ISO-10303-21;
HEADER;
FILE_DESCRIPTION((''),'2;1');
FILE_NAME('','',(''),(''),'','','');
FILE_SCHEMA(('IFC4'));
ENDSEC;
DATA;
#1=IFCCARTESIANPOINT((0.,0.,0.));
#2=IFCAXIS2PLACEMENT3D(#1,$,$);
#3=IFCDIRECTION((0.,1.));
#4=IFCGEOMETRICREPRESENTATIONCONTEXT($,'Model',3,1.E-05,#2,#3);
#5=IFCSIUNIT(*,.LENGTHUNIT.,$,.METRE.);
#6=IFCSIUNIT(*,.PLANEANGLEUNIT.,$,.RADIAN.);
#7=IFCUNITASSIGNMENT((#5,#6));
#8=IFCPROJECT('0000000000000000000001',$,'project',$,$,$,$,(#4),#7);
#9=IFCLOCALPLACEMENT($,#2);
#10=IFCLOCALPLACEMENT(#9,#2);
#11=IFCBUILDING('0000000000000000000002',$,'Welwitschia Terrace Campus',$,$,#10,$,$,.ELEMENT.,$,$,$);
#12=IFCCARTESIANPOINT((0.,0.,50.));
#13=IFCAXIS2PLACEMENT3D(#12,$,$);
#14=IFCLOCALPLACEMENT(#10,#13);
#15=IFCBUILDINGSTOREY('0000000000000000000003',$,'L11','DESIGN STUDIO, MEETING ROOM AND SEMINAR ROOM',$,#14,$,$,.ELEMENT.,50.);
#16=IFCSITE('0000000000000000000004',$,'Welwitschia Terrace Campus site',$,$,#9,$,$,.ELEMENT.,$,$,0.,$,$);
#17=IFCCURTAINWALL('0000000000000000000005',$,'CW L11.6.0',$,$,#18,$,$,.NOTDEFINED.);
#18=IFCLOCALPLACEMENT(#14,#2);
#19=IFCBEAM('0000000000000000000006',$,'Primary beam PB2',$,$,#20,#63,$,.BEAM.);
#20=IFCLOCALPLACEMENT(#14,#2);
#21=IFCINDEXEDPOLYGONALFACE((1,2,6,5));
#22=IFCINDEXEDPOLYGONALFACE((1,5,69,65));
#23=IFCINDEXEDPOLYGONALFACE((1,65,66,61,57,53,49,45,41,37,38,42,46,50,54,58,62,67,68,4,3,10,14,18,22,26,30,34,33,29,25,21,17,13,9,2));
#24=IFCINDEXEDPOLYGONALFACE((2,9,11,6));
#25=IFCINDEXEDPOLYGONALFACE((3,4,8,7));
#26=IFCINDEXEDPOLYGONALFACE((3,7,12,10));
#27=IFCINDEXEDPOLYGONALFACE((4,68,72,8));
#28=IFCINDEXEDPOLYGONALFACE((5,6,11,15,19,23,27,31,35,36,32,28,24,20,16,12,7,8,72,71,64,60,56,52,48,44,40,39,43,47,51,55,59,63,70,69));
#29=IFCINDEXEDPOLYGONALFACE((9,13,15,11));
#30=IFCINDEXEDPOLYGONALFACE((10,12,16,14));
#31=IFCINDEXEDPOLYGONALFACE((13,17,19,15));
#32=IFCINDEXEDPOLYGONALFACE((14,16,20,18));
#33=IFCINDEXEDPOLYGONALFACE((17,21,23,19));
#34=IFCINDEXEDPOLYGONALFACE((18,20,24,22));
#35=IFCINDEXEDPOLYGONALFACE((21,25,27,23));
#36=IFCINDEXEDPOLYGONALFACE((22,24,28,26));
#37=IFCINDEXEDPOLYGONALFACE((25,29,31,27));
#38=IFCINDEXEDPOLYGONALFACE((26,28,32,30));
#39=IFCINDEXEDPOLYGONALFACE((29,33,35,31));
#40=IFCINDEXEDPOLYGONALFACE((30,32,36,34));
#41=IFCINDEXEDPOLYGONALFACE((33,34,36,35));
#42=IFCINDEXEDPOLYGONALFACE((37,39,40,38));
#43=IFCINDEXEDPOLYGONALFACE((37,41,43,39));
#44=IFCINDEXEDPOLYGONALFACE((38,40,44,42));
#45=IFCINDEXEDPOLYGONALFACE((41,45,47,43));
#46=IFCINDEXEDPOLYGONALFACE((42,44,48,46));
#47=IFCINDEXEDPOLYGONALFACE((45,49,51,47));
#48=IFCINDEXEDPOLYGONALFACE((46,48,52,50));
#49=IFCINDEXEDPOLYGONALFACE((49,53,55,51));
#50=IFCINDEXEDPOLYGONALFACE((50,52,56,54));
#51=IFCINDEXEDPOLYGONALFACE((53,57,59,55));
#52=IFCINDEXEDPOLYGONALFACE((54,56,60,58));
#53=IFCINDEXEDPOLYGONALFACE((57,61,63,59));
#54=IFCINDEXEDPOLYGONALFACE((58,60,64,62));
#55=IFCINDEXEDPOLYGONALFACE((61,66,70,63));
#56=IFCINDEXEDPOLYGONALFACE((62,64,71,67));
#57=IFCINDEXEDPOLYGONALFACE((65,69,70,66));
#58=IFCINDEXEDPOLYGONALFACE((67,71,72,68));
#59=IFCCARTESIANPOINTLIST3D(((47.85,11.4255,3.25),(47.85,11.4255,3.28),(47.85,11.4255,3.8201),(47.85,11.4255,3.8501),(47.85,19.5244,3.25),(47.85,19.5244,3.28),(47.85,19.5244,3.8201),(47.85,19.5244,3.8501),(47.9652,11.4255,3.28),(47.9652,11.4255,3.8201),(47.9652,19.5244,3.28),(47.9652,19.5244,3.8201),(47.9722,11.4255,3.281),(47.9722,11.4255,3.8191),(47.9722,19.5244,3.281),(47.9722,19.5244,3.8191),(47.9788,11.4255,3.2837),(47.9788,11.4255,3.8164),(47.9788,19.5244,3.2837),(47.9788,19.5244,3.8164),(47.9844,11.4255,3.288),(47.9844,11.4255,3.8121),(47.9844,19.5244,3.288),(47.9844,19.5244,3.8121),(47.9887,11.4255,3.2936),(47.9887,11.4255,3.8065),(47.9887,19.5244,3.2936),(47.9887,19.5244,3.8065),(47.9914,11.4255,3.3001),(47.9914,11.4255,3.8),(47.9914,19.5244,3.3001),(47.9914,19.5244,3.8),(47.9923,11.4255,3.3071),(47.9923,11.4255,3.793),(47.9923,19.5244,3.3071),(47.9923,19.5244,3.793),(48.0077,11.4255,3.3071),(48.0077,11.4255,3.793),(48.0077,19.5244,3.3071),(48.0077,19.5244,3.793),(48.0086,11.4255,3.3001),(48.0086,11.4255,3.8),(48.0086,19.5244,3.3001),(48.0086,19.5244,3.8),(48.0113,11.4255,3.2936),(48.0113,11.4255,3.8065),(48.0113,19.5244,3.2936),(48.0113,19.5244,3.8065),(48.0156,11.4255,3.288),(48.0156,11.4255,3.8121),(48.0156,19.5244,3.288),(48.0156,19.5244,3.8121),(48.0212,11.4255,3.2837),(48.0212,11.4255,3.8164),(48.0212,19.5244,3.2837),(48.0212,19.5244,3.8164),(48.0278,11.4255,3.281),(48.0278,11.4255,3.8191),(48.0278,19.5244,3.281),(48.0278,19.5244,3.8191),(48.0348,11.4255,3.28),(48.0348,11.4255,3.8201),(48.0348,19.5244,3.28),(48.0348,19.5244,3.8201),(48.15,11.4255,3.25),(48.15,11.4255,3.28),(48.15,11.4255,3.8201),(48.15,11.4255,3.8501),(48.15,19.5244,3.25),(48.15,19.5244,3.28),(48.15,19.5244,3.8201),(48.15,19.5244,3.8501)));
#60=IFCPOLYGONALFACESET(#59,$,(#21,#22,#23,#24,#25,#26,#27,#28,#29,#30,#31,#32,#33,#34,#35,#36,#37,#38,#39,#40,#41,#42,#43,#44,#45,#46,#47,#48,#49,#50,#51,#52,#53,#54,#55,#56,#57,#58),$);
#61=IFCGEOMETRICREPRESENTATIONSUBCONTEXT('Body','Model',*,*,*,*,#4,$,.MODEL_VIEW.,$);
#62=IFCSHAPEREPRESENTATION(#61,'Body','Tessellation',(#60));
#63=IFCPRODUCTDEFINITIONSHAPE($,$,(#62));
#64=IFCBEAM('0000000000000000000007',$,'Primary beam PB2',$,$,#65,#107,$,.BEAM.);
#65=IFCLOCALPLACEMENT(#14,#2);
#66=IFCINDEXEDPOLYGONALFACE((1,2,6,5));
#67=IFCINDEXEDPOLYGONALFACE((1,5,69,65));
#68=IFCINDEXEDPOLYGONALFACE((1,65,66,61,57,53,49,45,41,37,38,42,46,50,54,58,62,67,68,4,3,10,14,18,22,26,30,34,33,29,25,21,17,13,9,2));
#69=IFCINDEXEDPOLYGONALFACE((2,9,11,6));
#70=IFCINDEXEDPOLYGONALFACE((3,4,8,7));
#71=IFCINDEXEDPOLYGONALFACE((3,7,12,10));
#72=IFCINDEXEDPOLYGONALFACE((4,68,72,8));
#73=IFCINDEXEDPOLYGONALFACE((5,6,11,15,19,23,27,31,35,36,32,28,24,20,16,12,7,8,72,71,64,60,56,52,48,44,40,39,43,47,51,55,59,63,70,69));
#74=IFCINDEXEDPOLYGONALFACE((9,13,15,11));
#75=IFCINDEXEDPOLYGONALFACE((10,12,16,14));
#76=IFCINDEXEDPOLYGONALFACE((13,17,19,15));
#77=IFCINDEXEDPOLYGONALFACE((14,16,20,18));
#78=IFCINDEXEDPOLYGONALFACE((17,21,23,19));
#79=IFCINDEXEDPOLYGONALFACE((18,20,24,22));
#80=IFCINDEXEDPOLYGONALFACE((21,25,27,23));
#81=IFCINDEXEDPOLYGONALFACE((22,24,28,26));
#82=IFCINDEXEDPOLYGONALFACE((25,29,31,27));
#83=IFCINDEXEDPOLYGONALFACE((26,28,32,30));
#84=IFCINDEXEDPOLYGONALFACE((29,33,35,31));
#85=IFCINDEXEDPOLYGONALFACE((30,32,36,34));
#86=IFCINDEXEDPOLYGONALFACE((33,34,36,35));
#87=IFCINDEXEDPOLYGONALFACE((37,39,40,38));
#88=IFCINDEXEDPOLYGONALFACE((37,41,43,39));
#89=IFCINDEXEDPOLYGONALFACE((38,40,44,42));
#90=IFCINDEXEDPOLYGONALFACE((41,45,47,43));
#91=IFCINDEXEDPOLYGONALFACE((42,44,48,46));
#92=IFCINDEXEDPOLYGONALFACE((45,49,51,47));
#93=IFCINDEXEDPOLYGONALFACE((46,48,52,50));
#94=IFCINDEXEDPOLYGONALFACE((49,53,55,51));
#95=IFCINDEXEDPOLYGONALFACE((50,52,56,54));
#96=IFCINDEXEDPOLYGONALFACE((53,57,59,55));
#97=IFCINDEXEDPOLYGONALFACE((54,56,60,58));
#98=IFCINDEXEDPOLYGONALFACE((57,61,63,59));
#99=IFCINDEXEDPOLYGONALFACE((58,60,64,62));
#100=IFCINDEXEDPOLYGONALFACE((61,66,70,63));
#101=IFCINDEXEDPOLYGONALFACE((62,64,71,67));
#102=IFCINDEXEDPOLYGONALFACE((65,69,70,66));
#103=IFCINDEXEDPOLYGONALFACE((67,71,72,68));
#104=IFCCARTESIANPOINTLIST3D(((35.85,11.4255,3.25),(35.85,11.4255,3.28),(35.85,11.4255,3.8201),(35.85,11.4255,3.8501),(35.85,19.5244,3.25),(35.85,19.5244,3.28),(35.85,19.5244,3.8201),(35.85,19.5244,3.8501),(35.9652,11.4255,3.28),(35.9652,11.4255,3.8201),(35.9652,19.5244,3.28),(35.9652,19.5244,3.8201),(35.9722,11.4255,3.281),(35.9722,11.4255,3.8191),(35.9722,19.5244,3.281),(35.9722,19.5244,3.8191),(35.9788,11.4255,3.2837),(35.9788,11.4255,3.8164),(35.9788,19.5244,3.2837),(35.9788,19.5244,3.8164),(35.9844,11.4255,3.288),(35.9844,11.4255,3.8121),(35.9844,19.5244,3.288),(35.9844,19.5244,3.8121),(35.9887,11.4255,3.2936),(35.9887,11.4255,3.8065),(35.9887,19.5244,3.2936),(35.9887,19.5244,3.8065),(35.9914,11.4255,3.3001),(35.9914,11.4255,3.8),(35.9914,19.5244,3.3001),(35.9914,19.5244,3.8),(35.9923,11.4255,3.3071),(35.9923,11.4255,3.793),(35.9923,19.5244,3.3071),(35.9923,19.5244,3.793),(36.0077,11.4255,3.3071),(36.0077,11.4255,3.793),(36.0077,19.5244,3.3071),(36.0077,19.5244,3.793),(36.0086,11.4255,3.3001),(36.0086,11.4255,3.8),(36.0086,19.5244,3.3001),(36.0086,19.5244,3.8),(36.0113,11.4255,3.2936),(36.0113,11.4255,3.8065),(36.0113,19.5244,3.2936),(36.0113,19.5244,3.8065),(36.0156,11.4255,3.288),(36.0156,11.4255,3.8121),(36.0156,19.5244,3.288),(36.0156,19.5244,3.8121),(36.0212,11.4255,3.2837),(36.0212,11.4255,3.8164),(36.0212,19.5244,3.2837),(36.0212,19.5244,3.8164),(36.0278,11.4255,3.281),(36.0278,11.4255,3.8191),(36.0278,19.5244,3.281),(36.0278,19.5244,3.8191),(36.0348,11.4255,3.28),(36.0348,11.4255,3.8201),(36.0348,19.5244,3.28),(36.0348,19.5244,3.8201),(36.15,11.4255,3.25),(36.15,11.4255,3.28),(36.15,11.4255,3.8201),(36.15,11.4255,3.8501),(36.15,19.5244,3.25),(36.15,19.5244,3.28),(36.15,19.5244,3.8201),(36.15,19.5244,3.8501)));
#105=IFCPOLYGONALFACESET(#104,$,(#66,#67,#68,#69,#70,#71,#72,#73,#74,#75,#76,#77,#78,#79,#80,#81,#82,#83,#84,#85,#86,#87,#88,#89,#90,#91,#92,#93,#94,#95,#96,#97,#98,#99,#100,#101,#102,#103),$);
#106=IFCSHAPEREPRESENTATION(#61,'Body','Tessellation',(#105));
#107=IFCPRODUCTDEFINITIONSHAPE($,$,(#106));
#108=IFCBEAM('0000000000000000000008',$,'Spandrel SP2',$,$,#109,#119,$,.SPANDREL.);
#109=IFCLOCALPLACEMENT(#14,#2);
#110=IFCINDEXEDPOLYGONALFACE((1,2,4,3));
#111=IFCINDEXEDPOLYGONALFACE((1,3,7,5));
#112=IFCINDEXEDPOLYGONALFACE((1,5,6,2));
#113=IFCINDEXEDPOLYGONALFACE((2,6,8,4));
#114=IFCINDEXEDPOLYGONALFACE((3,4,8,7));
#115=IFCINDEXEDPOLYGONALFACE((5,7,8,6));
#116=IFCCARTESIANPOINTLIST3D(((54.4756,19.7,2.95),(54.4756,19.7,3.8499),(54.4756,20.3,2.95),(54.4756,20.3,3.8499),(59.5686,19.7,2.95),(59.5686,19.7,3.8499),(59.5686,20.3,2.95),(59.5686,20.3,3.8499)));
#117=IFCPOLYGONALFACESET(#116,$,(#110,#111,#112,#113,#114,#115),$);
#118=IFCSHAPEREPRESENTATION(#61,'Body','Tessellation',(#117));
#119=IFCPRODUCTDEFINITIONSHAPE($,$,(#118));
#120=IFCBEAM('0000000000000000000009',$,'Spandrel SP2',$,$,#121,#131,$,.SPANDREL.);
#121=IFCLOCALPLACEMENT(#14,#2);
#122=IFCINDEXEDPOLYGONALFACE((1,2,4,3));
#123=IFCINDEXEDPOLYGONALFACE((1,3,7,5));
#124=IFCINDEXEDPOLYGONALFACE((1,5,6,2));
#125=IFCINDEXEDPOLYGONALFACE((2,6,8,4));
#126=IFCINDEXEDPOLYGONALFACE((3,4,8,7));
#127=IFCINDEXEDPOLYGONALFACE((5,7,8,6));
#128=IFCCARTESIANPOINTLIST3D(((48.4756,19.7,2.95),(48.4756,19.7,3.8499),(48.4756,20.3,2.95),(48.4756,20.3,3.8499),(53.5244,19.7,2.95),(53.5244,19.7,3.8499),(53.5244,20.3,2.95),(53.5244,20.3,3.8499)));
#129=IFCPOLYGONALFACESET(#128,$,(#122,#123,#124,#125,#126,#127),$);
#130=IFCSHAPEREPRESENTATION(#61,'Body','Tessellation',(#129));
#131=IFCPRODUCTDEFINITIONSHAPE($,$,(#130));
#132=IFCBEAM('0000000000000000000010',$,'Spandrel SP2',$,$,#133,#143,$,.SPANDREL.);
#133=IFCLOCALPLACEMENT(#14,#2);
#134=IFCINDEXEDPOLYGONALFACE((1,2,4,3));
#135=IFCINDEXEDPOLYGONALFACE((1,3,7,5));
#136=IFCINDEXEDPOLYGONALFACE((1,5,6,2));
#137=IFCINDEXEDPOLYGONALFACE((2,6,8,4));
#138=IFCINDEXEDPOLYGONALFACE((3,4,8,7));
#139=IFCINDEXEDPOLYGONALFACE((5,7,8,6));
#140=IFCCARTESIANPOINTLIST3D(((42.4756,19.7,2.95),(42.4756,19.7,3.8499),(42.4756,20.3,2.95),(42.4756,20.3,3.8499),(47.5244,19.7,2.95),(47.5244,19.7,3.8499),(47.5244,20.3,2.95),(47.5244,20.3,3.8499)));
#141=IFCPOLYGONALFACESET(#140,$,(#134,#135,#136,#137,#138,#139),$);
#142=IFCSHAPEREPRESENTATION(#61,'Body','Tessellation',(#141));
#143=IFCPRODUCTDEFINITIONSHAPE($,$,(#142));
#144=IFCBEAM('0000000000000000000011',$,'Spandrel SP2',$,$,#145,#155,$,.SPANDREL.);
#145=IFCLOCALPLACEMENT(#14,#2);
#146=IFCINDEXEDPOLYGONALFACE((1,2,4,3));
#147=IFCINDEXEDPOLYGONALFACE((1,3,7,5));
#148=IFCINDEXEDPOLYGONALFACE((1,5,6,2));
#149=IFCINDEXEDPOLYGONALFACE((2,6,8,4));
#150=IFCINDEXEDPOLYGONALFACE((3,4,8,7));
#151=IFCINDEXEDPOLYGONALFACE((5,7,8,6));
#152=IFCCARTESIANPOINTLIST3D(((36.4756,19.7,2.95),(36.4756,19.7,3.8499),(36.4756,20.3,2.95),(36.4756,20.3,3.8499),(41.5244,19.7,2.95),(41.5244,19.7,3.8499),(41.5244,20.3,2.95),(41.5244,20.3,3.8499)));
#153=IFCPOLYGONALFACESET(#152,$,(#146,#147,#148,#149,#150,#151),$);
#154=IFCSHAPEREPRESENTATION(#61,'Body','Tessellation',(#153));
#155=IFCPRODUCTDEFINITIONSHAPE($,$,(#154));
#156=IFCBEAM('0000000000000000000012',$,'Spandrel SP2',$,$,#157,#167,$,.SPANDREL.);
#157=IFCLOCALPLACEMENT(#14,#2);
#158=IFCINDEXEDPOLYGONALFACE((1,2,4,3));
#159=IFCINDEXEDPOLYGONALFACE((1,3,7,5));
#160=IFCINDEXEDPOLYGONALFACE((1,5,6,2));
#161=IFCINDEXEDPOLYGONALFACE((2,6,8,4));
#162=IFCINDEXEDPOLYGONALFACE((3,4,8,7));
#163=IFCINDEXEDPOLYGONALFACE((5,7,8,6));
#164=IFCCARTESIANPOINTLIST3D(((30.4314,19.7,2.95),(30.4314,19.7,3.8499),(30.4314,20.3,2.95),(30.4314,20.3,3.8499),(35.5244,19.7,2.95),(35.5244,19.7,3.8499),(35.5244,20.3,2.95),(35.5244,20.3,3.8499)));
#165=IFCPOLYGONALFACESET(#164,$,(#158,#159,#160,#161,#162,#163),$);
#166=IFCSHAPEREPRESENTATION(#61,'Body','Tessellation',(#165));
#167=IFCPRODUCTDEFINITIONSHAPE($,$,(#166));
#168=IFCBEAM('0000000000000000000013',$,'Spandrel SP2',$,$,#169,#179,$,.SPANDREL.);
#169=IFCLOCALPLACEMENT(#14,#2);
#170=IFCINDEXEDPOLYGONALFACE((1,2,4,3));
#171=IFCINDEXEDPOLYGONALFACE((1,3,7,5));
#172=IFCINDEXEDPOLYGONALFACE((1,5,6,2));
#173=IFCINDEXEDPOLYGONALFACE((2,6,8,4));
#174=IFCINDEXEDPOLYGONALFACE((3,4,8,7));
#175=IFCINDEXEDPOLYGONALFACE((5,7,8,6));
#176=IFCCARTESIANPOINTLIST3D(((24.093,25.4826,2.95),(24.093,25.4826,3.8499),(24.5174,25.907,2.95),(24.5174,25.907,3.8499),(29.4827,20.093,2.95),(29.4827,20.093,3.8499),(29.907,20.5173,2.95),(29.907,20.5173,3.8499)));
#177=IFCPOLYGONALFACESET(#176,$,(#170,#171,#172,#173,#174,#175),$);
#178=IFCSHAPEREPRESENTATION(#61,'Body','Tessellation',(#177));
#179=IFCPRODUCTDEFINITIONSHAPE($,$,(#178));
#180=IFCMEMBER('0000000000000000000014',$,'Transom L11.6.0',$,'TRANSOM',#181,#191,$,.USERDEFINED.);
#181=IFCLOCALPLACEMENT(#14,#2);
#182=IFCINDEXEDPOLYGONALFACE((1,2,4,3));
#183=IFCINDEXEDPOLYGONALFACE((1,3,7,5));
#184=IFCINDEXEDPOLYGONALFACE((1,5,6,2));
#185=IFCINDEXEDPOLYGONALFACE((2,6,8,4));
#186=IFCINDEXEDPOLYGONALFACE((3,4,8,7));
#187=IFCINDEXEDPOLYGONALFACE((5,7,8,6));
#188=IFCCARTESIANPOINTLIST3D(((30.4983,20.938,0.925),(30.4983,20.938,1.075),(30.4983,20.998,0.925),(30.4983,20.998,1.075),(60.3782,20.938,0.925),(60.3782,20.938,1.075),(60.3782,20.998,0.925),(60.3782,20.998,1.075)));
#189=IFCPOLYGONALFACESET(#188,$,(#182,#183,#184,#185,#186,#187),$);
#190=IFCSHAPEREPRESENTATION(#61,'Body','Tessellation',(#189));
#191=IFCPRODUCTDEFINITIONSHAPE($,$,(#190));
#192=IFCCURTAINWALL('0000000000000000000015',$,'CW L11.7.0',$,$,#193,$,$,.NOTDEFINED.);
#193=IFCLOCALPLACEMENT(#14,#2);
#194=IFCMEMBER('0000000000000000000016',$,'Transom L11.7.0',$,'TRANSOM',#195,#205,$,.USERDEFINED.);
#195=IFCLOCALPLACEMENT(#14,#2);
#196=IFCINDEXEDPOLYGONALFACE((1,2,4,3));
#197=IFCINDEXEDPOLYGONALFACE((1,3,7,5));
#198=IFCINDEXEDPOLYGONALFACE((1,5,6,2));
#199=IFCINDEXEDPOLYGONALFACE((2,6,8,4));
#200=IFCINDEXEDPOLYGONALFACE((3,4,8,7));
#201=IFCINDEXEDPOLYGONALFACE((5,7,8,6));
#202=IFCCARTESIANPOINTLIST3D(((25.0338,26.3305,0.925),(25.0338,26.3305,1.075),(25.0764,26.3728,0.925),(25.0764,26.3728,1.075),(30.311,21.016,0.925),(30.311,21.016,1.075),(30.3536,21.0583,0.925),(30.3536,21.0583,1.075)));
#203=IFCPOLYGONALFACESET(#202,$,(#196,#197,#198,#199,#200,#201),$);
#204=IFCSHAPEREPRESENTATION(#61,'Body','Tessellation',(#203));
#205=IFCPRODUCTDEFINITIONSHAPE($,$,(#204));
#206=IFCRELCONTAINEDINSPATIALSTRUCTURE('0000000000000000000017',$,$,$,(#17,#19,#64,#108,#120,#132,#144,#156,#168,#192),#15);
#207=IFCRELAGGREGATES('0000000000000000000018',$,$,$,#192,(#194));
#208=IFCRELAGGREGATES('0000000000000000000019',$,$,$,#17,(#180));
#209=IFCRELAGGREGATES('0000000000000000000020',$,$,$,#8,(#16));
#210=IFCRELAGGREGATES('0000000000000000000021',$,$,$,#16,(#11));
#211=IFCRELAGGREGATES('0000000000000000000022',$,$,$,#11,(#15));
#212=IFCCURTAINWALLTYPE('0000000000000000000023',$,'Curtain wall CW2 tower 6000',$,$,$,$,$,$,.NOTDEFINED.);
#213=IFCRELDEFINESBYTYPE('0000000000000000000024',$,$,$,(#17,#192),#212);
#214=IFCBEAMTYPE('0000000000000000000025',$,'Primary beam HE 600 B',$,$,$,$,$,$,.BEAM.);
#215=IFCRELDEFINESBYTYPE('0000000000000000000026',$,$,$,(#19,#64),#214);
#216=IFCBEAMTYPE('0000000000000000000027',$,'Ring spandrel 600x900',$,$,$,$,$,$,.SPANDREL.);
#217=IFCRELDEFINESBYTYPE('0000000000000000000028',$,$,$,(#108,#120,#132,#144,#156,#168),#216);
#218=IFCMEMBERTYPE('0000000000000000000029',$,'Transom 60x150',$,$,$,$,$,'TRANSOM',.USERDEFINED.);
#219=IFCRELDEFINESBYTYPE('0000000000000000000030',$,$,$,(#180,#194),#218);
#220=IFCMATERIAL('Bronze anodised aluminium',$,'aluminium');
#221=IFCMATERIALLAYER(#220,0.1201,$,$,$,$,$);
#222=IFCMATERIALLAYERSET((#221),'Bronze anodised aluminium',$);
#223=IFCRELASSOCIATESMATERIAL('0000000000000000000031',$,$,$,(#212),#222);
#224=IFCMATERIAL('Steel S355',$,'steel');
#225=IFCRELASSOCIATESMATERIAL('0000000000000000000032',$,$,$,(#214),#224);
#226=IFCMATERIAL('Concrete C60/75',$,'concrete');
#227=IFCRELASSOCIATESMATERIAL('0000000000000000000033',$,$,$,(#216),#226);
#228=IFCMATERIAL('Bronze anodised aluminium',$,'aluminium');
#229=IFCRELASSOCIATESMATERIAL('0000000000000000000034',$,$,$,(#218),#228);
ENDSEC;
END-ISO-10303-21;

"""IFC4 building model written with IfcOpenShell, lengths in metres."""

from ifc_helpers import new_model, si_unit, direction, frame, origin, origin_2d, place, context, subcontext, project, spatial, rectangle, i_section, extrude, material, layer, layer_set, material_profile, profile_set, type_object, element, aggregate, save


model = new_model("IFC4")

# Units and contexts
model_context = context("Model", 3, precision=1e-05, world=origin(), true_north=direction((0.0, 1.0)))
body_context = subcontext(model_context, "Body", "Model", "MODEL_VIEW")
ifc_project = project(units=[si_unit("LENGTHUNIT", "METRE"), si_unit("PLANEANGLEUNIT", "RADIAN")], contexts=[model_context])

# Site, building, storey
site_placement = place(None, origin())
site = spatial("IfcSite", under=ifc_project, at=site_placement, Name="Welwitschia Terrace Campus site", CompositionType="ELEMENT", RefElevation=0.0)
building_placement = place(site_placement, origin())
building = spatial("IfcBuilding", under=site, at=building_placement, Name="Welwitschia Terrace Campus", CompositionType="ELEMENT")
storey_placement = place(building_placement, frame((0.0, 0.0, 50.0)))
storey = spatial("IfcBuildingStorey", under=building, at=storey_placement, Name="L11", Description="DESIGN STUDIO, MEETING ROOM AND SEMINAR ROOM", CompositionType="ELEMENT", Elevation=50.0)

# Shared definitions
ifc_material_1 = material(Name="Bronze anodised aluminium", Category="aluminium")
ifc_layer_1 = layer(ifc_material_1, 0.1201)
ifc_layer_set_1 = layer_set([ifc_layer_1], Name="Bronze anodised aluminium")
curtain_wall_type = type_object("IfcCurtainWallType", Name="Curtain wall CW2 tower 6000", PredefinedType="NOTDEFINED", material=ifc_layer_set_1)

# Curtain wall
curtain_wall_1_placement = place(storey_placement, origin())
curtain_wall_1 = element("IfcCurtainWall", 1, at=curtain_wall_1_placement, inside=storey, type_object=curtain_wall_type, Name="CW L11.6.0", PredefinedType="NOTDEFINED")

# Beams
ifc_material_2 = material(Name="Steel S355", Category="steel")
ifc_material_profile_1 = material_profile(ifc_material_2, i_section(OverallWidth=0.3, OverallDepth=0.6001, WebThickness=0.0154, FlangeThickness=0.03, FilletRadius=0.0271, at=origin_2d()))
ifc_profile_set_1 = profile_set([ifc_material_profile_1], Name="Steel S355")
beam_type_1 = type_object("IfcBeamType", Name="Primary beam HE 600 B", PredefinedType="BEAM", material=ifc_profile_set_1)
for number, where, z_axis, x_axis, name in (
    (2, (48.0, 19.5244, 3.55), (0.0, -1.0, 0.0), (1.0, 0.0, 0.0), "Primary beam PB2"),
    (3, (36.0, 19.5244, 3.55), (0.0, -1.0, 0.0), (1.0, 0.0, 0.0), "Primary beam PB2"),
):
    element("IfcBeam", number, at=place(storey_placement, frame(where, z_axis=z_axis, x_axis=x_axis)), inside=storey, type_object=beam_type_1, Name=name, PredefinedType="BEAM", context=body_context, shape_type="SweptSolid", body=[
        extrude(i_section(OverallWidth=0.3, OverallDepth=0.6001, WebThickness=0.0154, FlangeThickness=0.03, FilletRadius=0.0271, at=origin_2d()), origin(), (0.0, 0.0, 1.0), 8.0989),
    ])
ifc_material_3 = material(Name="Concrete C60/75", Category="concrete")
ifc_material_profile_2 = material_profile(ifc_material_3, rectangle(XDim=0.6001, YDim=0.8999, at=origin_2d()))
ifc_profile_set_2 = profile_set([ifc_material_profile_2], Name="Concrete C60/75")
beam_type_2 = type_object("IfcBeamType", Name="Ring spandrel 600x900", PredefinedType="SPANDREL", material=ifc_profile_set_2)
beam_1_placement = place(storey_placement, frame((59.5686, 20.0, 3.3999), z_axis=(-1.0, 0.0, 0.0), x_axis=(0.0, -1.0, 0.0)))
element("IfcBeam", 4, at=beam_1_placement, inside=storey, type_object=beam_type_2, Name="Spandrel SP2", PredefinedType="SPANDREL", context=body_context, shape_type="SweptSolid", body=[
    extrude(rectangle(XDim=0.6001, YDim=0.8999, at=origin_2d()), origin(), (0.0, 0.0, 1.0), 5.093),
])
for number, where, z_axis, x_axis, name in (
    (5, (53.5244, 20.0, 3.3999), (-1.0, 0.0, 0.0), (0.0, -1.0, 0.0), "Spandrel SP2"),
    (6, (47.5244, 20.0, 3.3999), (-1.0, 0.0, 0.0), (0.0, -1.0, 0.0), "Spandrel SP2"),
    (7, (41.5244, 20.0, 3.3999), (-1.0, 0.0, 0.0), (0.0, -1.0, 0.0), "Spandrel SP2"),
):
    element("IfcBeam", number, at=place(storey_placement, frame(where, z_axis=z_axis, x_axis=x_axis)), inside=storey, type_object=beam_type_2, Name=name, PredefinedType="SPANDREL", context=body_context, shape_type="SweptSolid", body=[
        extrude(rectangle(XDim=0.6001, YDim=0.8999, at=origin_2d()), origin(), (0.0, 0.0, 1.0), 5.0488),
    ])
beam_2_placement = place(storey_placement, frame((35.5244, 20.0, 3.3999), z_axis=(-1.0, 0.0, 0.0), x_axis=(0.0, -1.0, 0.0)))
element("IfcBeam", 8, at=beam_2_placement, inside=storey, type_object=beam_type_2, Name="Spandrel SP2", PredefinedType="SPANDREL", context=body_context, shape_type="SweptSolid", body=[
    extrude(rectangle(XDim=0.6001, YDim=0.8999, at=origin_2d()), origin(), (0.0, 0.0, 1.0), 5.093),
])
beam_3_placement = place(storey_placement, frame((29.6948, 20.3052, 3.3999), z_axis=(-0.707107, 0.707107, 0.0), x_axis=(-0.707107, -0.707107, 0.0)))
element("IfcBeam", 9, at=beam_3_placement, inside=storey, type_object=beam_type_2, Name="Spandrel SP2", PredefinedType="SPANDREL", context=body_context, shape_type="SweptSolid", body=[
    extrude(rectangle(XDim=0.6001, YDim=0.8999, at=origin_2d()), origin(), (0.0, 0.0, 1.0), 7.6221),
])

# Member
ifc_material_4 = material(Name="Bronze anodised aluminium", Category="aluminium")
ifc_material_profile_3 = material_profile(ifc_material_4, rectangle(XDim=0.0601, YDim=0.1499, at=origin_2d()))
ifc_profile_set_3 = profile_set([ifc_material_profile_3], Name="Bronze anodised aluminium")
member_type_1 = type_object("IfcMemberType", Name="Transom 60x150", ElementType="TRANSOM", PredefinedType="USERDEFINED", material=ifc_profile_set_3)
member_1_placement = place(storey_placement, frame((60.3782, 20.968, 1.0), z_axis=(-1.0, 0.0, 0.0), x_axis=(0.0, -1.0, 0.0)))
member_1 = element("IfcMember", 10, at=member_1_placement, type_object=member_type_1, Name="Transom L11.6.0", ObjectType="TRANSOM", PredefinedType="USERDEFINED", context=body_context, shape_type="SweptSolid", body=[
    extrude(rectangle(XDim=0.0601, YDim=0.1499, at=origin_2d()), origin(), (0.0, 0.0, 1.0), 29.8799),
])

# Curtain wall, member
curtain_wall_2_placement = place(storey_placement, origin())
curtain_wall_2 = element("IfcCurtainWall", 11, at=curtain_wall_2_placement, inside=storey, type_object=curtain_wall_type, Name="CW L11.7.0", PredefinedType="NOTDEFINED")
member_2_placement = place(storey_placement, frame((30.3323, 21.0371, 1.0), z_axis=(-0.704609, 0.709596, 0.0), x_axis=(-0.709596, -0.704609, 0.0)))
member_2 = element("IfcMember", 12, at=member_2_placement, type_object=member_type_1, Name="Transom L11.7.0", ObjectType="TRANSOM", PredefinedType="USERDEFINED", context=body_context, shape_type="SweptSolid", body=[
    extrude(rectangle(XDim=0.0601, YDim=0.1499, at=origin_2d()), origin(), (0.0, 0.0, 1.0), 7.4895),
])
aggregate(curtain_wall_2, [member_2])

aggregate(curtain_wall_1, [member_1])

save(model, "model.ifc")
